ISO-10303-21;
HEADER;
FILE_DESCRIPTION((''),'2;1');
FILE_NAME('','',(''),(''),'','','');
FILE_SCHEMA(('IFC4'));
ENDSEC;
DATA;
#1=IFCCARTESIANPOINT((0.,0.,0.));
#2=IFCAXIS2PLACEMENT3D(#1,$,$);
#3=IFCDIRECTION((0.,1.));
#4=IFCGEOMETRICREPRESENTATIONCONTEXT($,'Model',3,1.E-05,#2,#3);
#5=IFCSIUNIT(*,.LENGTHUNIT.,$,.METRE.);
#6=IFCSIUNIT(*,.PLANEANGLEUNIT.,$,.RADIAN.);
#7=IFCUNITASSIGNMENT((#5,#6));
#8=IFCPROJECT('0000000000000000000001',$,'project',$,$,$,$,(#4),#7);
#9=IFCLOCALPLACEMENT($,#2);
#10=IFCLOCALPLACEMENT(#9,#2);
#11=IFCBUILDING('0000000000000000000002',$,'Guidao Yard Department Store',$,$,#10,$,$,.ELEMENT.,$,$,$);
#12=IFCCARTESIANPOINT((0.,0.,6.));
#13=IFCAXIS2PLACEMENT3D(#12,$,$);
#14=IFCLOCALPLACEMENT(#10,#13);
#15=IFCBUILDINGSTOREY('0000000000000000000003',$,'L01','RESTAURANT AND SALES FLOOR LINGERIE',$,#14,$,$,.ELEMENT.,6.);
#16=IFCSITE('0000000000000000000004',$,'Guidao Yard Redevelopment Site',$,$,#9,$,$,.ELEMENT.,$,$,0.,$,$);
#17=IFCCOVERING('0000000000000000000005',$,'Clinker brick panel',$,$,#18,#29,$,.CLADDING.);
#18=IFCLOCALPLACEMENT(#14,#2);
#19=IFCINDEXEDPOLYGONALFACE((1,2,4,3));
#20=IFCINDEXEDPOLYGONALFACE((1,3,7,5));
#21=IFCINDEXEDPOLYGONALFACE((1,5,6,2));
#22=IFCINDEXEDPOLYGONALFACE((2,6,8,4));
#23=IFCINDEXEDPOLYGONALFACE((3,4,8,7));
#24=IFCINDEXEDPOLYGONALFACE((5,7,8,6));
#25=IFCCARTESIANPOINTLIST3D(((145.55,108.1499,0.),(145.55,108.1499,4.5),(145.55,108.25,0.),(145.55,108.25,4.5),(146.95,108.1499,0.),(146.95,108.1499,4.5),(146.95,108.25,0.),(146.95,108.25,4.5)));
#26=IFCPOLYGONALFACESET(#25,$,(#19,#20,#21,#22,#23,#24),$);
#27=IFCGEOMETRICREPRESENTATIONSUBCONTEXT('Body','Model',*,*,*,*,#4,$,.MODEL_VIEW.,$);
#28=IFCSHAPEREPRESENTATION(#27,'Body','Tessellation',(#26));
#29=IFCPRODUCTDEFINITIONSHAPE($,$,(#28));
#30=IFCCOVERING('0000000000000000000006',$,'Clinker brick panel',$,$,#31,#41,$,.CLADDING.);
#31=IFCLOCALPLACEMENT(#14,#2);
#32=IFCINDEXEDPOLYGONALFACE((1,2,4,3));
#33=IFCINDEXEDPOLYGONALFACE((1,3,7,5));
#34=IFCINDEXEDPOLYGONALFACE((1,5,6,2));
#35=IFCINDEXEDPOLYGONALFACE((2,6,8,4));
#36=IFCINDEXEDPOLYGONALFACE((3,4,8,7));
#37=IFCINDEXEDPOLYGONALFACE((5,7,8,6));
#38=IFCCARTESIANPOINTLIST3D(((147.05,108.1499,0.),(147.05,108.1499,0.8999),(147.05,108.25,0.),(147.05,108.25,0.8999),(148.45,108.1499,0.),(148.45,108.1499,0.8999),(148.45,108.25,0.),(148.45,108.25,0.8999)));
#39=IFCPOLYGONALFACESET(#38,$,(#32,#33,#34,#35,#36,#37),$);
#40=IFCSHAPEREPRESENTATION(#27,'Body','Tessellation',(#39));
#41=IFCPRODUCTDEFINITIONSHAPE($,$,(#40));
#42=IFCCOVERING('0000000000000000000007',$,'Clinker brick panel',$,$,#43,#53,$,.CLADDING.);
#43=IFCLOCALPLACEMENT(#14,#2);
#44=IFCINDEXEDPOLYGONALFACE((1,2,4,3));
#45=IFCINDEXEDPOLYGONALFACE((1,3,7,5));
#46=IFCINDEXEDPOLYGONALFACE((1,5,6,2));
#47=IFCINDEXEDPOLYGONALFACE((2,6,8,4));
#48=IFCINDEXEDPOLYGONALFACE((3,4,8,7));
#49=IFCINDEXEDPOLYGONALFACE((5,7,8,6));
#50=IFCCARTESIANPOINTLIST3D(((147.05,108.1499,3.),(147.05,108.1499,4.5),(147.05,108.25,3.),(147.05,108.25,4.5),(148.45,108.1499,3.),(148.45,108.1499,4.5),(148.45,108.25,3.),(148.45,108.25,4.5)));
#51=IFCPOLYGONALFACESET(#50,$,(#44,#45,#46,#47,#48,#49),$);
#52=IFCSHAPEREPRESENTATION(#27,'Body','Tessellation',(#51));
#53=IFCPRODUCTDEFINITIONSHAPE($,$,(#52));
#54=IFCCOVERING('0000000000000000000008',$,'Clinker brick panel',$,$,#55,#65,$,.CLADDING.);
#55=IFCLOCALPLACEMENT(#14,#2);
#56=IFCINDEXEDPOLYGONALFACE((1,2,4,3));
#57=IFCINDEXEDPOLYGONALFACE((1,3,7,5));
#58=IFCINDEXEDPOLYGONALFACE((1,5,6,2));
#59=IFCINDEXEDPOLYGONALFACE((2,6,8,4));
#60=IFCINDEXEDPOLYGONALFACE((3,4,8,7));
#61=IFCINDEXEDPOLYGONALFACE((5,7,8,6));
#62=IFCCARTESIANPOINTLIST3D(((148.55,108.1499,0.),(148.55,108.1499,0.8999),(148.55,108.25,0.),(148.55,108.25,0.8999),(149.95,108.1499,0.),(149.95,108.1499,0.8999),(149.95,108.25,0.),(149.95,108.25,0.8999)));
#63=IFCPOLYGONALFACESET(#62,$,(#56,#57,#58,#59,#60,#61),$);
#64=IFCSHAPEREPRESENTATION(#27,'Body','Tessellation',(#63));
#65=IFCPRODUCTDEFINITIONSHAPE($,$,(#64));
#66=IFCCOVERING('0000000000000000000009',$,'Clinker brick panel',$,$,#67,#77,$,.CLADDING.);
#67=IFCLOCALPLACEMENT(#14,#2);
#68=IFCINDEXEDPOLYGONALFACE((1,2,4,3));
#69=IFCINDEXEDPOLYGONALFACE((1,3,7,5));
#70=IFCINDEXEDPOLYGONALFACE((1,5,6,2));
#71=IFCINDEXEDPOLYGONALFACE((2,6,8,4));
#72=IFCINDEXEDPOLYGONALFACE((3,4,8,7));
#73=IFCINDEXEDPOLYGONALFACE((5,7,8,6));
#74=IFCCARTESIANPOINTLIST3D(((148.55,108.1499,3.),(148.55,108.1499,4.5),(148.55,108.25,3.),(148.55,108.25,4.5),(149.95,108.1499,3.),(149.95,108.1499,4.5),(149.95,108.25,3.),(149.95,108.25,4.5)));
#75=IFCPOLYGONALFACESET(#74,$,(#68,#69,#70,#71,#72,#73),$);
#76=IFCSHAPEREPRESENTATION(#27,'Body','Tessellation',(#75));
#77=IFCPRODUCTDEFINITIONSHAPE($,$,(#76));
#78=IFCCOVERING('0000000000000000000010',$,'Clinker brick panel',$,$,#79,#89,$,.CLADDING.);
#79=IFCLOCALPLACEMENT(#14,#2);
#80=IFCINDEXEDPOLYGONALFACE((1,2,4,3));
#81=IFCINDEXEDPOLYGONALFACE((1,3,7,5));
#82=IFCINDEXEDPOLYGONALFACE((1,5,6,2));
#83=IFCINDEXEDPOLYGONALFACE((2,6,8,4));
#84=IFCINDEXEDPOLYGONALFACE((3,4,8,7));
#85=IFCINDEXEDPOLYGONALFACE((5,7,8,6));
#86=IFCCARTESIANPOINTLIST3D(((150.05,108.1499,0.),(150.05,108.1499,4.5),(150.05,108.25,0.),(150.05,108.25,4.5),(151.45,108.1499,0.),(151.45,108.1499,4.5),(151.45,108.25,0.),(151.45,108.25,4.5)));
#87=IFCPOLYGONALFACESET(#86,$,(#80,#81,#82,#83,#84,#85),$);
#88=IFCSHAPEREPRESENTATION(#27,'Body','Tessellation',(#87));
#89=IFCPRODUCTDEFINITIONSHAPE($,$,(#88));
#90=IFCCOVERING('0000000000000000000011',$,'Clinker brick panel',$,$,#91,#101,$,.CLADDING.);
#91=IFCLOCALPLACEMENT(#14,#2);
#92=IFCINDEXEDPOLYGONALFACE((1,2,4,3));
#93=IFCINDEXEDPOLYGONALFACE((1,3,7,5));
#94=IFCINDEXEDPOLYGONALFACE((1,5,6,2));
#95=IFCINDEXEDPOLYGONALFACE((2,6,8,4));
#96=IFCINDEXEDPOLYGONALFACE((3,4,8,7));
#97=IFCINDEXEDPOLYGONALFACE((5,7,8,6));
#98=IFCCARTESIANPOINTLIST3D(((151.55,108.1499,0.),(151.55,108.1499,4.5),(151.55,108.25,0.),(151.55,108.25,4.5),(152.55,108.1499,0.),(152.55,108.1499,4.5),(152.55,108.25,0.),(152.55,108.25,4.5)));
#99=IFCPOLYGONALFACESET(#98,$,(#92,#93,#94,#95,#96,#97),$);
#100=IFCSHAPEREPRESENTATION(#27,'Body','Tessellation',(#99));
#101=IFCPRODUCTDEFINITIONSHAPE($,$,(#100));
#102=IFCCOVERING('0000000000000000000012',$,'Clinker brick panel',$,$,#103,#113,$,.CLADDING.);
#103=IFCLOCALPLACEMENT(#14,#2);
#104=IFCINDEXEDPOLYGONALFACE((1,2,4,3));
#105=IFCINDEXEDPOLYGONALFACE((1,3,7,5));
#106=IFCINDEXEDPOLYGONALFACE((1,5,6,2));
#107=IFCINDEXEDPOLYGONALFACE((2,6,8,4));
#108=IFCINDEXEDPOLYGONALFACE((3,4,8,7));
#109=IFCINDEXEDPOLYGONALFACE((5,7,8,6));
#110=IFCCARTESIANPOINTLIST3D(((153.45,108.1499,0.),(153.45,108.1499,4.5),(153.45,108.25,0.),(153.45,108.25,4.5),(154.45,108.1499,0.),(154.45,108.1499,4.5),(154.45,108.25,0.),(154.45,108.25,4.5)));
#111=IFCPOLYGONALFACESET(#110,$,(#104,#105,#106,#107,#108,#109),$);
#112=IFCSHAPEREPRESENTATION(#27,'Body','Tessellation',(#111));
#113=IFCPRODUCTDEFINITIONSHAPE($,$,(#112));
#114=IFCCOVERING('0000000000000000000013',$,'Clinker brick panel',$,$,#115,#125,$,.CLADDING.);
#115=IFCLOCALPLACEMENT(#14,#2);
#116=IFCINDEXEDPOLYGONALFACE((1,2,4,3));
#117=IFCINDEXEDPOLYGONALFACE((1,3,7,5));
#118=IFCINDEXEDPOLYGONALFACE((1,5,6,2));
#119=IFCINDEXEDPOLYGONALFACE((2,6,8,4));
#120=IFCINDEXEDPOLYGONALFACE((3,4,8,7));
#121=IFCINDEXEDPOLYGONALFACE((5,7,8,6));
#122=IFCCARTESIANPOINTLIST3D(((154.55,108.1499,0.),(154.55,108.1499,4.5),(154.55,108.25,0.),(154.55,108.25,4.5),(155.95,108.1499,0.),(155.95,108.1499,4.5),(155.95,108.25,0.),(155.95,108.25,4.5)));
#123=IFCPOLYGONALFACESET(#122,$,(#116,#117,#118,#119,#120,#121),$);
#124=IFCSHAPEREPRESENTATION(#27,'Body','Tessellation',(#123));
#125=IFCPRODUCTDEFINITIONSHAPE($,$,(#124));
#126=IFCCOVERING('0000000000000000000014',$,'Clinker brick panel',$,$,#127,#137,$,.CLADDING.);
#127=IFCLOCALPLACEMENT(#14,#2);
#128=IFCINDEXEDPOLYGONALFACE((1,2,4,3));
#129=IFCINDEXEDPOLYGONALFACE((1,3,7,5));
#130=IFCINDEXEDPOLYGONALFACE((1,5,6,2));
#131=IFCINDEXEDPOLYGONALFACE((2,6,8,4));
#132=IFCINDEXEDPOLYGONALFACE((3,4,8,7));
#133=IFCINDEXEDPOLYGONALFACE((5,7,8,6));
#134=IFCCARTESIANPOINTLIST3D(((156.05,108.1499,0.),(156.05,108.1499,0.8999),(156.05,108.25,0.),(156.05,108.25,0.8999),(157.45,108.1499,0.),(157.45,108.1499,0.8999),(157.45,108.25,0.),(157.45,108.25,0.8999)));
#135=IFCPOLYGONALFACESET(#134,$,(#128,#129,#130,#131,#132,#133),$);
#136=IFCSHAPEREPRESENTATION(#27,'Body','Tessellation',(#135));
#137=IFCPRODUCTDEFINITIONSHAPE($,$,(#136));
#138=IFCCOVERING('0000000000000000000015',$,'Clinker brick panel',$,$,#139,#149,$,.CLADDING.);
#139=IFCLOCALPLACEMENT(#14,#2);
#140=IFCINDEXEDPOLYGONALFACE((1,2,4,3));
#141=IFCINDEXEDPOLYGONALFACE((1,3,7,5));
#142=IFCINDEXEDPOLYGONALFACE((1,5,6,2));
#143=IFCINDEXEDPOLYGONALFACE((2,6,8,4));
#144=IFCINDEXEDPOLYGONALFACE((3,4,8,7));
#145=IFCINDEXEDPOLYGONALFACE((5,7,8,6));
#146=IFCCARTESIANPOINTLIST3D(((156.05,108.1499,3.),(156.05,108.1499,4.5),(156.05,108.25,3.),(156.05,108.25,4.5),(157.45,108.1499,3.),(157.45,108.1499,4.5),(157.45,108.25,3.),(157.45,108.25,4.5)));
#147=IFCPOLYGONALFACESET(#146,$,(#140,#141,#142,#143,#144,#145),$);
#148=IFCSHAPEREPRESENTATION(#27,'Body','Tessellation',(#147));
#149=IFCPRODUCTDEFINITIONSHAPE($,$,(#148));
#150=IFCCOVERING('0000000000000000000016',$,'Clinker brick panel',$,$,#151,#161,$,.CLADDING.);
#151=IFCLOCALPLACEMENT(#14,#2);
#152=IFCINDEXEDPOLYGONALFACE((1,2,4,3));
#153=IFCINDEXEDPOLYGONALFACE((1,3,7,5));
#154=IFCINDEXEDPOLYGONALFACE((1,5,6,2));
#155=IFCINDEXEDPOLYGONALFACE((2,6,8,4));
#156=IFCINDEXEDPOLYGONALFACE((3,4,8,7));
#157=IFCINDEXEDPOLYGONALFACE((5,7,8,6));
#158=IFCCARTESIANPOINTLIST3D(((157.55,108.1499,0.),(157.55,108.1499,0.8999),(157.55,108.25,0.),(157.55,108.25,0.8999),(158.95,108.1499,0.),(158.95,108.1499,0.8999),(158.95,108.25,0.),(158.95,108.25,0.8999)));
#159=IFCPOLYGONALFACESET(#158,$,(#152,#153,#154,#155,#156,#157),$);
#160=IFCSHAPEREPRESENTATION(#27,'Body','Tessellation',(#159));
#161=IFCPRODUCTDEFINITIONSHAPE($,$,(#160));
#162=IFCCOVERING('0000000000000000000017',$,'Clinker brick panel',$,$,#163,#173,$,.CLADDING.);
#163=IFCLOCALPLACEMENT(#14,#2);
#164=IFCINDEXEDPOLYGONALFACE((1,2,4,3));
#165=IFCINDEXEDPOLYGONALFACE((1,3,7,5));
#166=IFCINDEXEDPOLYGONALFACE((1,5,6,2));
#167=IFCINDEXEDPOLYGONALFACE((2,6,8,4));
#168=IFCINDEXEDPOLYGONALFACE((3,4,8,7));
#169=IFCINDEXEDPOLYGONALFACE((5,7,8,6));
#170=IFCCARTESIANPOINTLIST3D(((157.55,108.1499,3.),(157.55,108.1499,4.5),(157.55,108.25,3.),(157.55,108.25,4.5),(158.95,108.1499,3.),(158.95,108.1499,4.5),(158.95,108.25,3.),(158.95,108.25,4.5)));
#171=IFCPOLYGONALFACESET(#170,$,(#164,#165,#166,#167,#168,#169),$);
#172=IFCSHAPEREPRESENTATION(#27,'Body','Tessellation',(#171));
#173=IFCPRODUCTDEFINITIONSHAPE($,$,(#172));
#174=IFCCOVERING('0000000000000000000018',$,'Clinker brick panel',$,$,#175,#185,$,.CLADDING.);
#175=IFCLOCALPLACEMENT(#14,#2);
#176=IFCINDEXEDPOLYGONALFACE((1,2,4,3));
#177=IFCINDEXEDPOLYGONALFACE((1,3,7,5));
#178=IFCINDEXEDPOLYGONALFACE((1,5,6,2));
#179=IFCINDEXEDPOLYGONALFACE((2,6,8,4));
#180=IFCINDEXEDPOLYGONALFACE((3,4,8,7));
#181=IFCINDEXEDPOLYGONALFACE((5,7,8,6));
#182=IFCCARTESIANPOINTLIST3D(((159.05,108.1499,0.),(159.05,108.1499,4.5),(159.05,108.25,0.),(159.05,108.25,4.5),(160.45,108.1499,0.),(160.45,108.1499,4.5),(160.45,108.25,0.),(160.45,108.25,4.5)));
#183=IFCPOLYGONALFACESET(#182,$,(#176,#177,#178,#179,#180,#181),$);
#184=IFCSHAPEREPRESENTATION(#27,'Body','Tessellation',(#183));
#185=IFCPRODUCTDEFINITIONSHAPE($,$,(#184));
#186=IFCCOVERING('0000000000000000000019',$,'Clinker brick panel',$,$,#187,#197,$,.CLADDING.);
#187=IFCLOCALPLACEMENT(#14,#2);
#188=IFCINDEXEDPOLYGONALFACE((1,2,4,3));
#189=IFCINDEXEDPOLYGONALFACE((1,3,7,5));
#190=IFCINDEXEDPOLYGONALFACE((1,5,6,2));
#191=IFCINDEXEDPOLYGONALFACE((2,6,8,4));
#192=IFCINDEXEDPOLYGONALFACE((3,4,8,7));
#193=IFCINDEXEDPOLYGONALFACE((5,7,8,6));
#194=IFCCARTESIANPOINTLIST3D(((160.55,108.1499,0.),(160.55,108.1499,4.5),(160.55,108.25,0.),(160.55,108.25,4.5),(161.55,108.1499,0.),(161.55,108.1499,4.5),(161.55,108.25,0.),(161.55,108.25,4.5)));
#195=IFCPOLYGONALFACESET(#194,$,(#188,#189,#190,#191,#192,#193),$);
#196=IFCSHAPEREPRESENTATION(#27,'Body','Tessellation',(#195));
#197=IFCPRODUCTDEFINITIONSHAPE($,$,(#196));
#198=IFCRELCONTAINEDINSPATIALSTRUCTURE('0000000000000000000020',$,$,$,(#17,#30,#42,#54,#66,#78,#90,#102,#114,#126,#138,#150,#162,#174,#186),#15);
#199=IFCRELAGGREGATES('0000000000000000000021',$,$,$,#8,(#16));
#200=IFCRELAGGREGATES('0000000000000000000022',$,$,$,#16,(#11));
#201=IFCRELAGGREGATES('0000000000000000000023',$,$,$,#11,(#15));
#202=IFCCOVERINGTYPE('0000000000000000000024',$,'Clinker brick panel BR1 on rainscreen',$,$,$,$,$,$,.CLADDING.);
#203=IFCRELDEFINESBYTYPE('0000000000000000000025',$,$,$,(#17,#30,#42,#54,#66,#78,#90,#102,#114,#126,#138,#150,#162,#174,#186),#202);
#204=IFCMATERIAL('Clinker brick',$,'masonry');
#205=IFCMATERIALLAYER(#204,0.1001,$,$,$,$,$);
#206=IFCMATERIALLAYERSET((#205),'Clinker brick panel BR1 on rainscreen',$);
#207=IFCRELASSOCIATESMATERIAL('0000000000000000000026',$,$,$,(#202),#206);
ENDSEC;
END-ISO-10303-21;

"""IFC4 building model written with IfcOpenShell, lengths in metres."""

from ifc_helpers import new_model, si_unit, direction, frame, origin, origin_2d, place, context, subcontext, project, spatial, rectangle, extrude, material, layer, layer_set, type_object, element, save


model = new_model("IFC4")

# Units and contexts
model_context = context("Model", 3, precision=1e-05, world=origin(), true_north=direction((0.0, 1.0)))
body_context = subcontext(model_context, "Body", "Model", "MODEL_VIEW")
ifc_project = project(units=[si_unit("LENGTHUNIT", "METRE"), si_unit("PLANEANGLEUNIT", "RADIAN")], contexts=[model_context])

# Site, building, storey
site_placement = place(None, origin())
site = spatial("IfcSite", under=ifc_project, at=site_placement, Name="Guidao Yard Redevelopment Site", CompositionType="ELEMENT", RefElevation=0.0)
building_placement = place(site_placement, origin())
building = spatial("IfcBuilding", under=site, at=building_placement, Name="Guidao Yard Department Store", CompositionType="ELEMENT")
storey_placement = place(building_placement, frame((0.0, 0.0, 6.0)))
storey = spatial("IfcBuildingStorey", under=building, at=storey_placement, Name="L01", Description="RESTAURANT AND SALES FLOOR LINGERIE", CompositionType="ELEMENT", Elevation=6.0)

# Coverings
ifc_material_1 = material(Name="Clinker brick", Category="masonry")
ifc_layer_1 = layer(ifc_material_1, 0.1001)
ifc_layer_set_1 = layer_set([ifc_layer_1], Name="Clinker brick panel BR1 on rainscreen")
covering_type = type_object("IfcCoveringType", Name="Clinker brick panel BR1 on rainscreen", PredefinedType="CLADDING", material=ifc_layer_set_1)
covering_1_placement = place(storey_placement, frame((146.25, 108.2, 0.0), z_axis=(0.0, 0.0, 1.0), x_axis=(1.0, 0.0, 0.0)))
element("IfcCovering", 1, at=covering_1_placement, inside=storey, type_object=covering_type, Name="Clinker brick panel", PredefinedType="CLADDING", context=body_context, shape_type="SweptSolid", body=[
    extrude(rectangle(XDim=1.3999, YDim=0.1001, at=origin_2d()), origin(), (0.0, 0.0, 1.0), 4.5),
])
covering_2_placement = place(storey_placement, frame((147.75, 108.2, 0.0), z_axis=(0.0, 0.0, 1.0), x_axis=(1.0, 0.0, 0.0)))
element("IfcCovering", 2, at=covering_2_placement, inside=storey, type_object=covering_type, Name="Clinker brick panel", PredefinedType="CLADDING", context=body_context, shape_type="SweptSolid", body=[
    extrude(rectangle(XDim=1.3999, YDim=0.1001, at=origin_2d()), origin(), (0.0, 0.0, 1.0), 0.8999),
])
covering_3_placement = place(storey_placement, frame((147.75, 108.2, 3.0), z_axis=(0.0, 0.0, 1.0), x_axis=(1.0, 0.0, 0.0)))
element("IfcCovering", 3, at=covering_3_placement, inside=storey, type_object=covering_type, Name="Clinker brick panel", PredefinedType="CLADDING", context=body_context, shape_type="SweptSolid", body=[
    extrude(rectangle(XDim=1.3999, YDim=0.1001, at=origin_2d()), origin(), (0.0, 0.0, 1.0), 1.5),
])
covering_4_placement = place(storey_placement, frame((149.25, 108.2, 0.0), z_axis=(0.0, 0.0, 1.0), x_axis=(1.0, 0.0, 0.0)))
element("IfcCovering", 4, at=covering_4_placement, inside=storey, type_object=covering_type, Name="Clinker brick panel", PredefinedType="CLADDING", context=body_context, shape_type="SweptSolid", body=[
    extrude(rectangle(XDim=1.3999, YDim=0.1001, at=origin_2d()), origin(), (0.0, 0.0, 1.0), 0.8999),
])
covering_5_placement = place(storey_placement, frame((149.25, 108.2, 3.0), z_axis=(0.0, 0.0, 1.0), x_axis=(1.0, 0.0, 0.0)))
element("IfcCovering", 5, at=covering_5_placement, inside=storey, type_object=covering_type, Name="Clinker brick panel", PredefinedType="CLADDING", context=body_context, shape_type="SweptSolid", body=[
    extrude(rectangle(XDim=1.3999, YDim=0.1001, at=origin_2d()), origin(), (0.0, 0.0, 1.0), 1.5),
])
covering_6_placement = place(storey_placement, frame((150.75, 108.2, 0.0), z_axis=(0.0, 0.0, 1.0), x_axis=(1.0, 0.0, 0.0)))
element("IfcCovering", 6, at=covering_6_placement, inside=storey, type_object=covering_type, Name="Clinker brick panel", PredefinedType="CLADDING", context=body_context, shape_type="SweptSolid", body=[
    extrude(rectangle(XDim=1.3999, YDim=0.1001, at=origin_2d()), origin(), (0.0, 0.0, 1.0), 4.5),
])
for number, where, z_axis, x_axis, name in (
    (7, (152.05, 108.2, 0.0), (0.0, 0.0, 1.0), (1.0, 0.0, 0.0), "Clinker brick panel"),
    (8, (153.95, 108.2, 0.0), (0.0, 0.0, 1.0), (1.0, 0.0, 0.0), "Clinker brick panel"),
):
    element("IfcCovering", number, at=place(storey_placement, frame(where, z_axis=z_axis, x_axis=x_axis)), inside=storey, type_object=covering_type, Name=name, PredefinedType="CLADDING", context=body_context, shape_type="SweptSolid", body=[
        extrude(rectangle(XDim=1.0, YDim=0.1001, at=origin_2d()), origin(), (0.0, 0.0, 1.0), 4.5),
    ])
covering_7_placement = place(storey_placement, frame((155.25, 108.2, 0.0), z_axis=(0.0, 0.0, 1.0), x_axis=(1.0, 0.0, 0.0)))
element("IfcCovering", 9, at=covering_7_placement, inside=storey, type_object=covering_type, Name="Clinker brick panel", PredefinedType="CLADDING", context=body_context, shape_type="SweptSolid", body=[
    extrude(rectangle(XDim=1.3999, YDim=0.1001, at=origin_2d()), origin(), (0.0, 0.0, 1.0), 4.5),
])
covering_8_placement = place(storey_placement, frame((156.75, 108.2, 0.0), z_axis=(0.0, 0.0, 1.0), x_axis=(1.0, 0.0, 0.0)))
element("IfcCovering", 10, at=covering_8_placement, inside=storey, type_object=covering_type, Name="Clinker brick panel", PredefinedType="CLADDING", context=body_context, shape_type="SweptSolid", body=[
    extrude(rectangle(XDim=1.3999, YDim=0.1001, at=origin_2d()), origin(), (0.0, 0.0, 1.0), 0.8999),
])
covering_9_placement = place(storey_placement, frame((156.75, 108.2, 3.0), z_axis=(0.0, 0.0, 1.0), x_axis=(1.0, 0.0, 0.0)))
element("IfcCovering", 11, at=covering_9_placement, inside=storey, type_object=covering_type, Name="Clinker brick panel", PredefinedType="CLADDING", context=body_context, shape_type="SweptSolid", body=[
    extrude(rectangle(XDim=1.3999, YDim=0.1001, at=origin_2d()), origin(), (0.0, 0.0, 1.0), 1.5),
])
covering_10_placement = place(storey_placement, frame((158.25, 108.2, 0.0), z_axis=(0.0, 0.0, 1.0), x_axis=(1.0, 0.0, 0.0)))
element("IfcCovering", 12, at=covering_10_placement, inside=storey, type_object=covering_type, Name="Clinker brick panel", PredefinedType="CLADDING", context=body_context, shape_type="SweptSolid", body=[
    extrude(rectangle(XDim=1.3999, YDim=0.1001, at=origin_2d()), origin(), (0.0, 0.0, 1.0), 0.8999),
])
covering_11_placement = place(storey_placement, frame((158.25, 108.2, 3.0), z_axis=(0.0, 0.0, 1.0), x_axis=(1.0, 0.0, 0.0)))
element("IfcCovering", 13, at=covering_11_placement, inside=storey, type_object=covering_type, Name="Clinker brick panel", PredefinedType="CLADDING", context=body_context, shape_type="SweptSolid", body=[
    extrude(rectangle(XDim=1.3999, YDim=0.1001, at=origin_2d()), origin(), (0.0, 0.0, 1.0), 1.5),
])
covering_12_placement = place(storey_placement, frame((159.75, 108.2, 0.0), z_axis=(0.0, 0.0, 1.0), x_axis=(1.0, 0.0, 0.0)))
element("IfcCovering", 14, at=covering_12_placement, inside=storey, type_object=covering_type, Name="Clinker brick panel", PredefinedType="CLADDING", context=body_context, shape_type="SweptSolid", body=[
    extrude(rectangle(XDim=1.3999, YDim=0.1001, at=origin_2d()), origin(), (0.0, 0.0, 1.0), 4.5),
])
covering_13_placement = place(storey_placement, frame((161.05, 108.2, 0.0), z_axis=(0.0, 0.0, 1.0), x_axis=(1.0, 0.0, 0.0)))
element("IfcCovering", 15, at=covering_13_placement, inside=storey, type_object=covering_type, Name="Clinker brick panel", PredefinedType="CLADDING", context=body_context, shape_type="SweptSolid", body=[
    extrude(rectangle(XDim=1.0, YDim=0.1001, at=origin_2d()), origin(), (0.0, 0.0, 1.0), 4.5),
])

save(model, "model.ifc")
